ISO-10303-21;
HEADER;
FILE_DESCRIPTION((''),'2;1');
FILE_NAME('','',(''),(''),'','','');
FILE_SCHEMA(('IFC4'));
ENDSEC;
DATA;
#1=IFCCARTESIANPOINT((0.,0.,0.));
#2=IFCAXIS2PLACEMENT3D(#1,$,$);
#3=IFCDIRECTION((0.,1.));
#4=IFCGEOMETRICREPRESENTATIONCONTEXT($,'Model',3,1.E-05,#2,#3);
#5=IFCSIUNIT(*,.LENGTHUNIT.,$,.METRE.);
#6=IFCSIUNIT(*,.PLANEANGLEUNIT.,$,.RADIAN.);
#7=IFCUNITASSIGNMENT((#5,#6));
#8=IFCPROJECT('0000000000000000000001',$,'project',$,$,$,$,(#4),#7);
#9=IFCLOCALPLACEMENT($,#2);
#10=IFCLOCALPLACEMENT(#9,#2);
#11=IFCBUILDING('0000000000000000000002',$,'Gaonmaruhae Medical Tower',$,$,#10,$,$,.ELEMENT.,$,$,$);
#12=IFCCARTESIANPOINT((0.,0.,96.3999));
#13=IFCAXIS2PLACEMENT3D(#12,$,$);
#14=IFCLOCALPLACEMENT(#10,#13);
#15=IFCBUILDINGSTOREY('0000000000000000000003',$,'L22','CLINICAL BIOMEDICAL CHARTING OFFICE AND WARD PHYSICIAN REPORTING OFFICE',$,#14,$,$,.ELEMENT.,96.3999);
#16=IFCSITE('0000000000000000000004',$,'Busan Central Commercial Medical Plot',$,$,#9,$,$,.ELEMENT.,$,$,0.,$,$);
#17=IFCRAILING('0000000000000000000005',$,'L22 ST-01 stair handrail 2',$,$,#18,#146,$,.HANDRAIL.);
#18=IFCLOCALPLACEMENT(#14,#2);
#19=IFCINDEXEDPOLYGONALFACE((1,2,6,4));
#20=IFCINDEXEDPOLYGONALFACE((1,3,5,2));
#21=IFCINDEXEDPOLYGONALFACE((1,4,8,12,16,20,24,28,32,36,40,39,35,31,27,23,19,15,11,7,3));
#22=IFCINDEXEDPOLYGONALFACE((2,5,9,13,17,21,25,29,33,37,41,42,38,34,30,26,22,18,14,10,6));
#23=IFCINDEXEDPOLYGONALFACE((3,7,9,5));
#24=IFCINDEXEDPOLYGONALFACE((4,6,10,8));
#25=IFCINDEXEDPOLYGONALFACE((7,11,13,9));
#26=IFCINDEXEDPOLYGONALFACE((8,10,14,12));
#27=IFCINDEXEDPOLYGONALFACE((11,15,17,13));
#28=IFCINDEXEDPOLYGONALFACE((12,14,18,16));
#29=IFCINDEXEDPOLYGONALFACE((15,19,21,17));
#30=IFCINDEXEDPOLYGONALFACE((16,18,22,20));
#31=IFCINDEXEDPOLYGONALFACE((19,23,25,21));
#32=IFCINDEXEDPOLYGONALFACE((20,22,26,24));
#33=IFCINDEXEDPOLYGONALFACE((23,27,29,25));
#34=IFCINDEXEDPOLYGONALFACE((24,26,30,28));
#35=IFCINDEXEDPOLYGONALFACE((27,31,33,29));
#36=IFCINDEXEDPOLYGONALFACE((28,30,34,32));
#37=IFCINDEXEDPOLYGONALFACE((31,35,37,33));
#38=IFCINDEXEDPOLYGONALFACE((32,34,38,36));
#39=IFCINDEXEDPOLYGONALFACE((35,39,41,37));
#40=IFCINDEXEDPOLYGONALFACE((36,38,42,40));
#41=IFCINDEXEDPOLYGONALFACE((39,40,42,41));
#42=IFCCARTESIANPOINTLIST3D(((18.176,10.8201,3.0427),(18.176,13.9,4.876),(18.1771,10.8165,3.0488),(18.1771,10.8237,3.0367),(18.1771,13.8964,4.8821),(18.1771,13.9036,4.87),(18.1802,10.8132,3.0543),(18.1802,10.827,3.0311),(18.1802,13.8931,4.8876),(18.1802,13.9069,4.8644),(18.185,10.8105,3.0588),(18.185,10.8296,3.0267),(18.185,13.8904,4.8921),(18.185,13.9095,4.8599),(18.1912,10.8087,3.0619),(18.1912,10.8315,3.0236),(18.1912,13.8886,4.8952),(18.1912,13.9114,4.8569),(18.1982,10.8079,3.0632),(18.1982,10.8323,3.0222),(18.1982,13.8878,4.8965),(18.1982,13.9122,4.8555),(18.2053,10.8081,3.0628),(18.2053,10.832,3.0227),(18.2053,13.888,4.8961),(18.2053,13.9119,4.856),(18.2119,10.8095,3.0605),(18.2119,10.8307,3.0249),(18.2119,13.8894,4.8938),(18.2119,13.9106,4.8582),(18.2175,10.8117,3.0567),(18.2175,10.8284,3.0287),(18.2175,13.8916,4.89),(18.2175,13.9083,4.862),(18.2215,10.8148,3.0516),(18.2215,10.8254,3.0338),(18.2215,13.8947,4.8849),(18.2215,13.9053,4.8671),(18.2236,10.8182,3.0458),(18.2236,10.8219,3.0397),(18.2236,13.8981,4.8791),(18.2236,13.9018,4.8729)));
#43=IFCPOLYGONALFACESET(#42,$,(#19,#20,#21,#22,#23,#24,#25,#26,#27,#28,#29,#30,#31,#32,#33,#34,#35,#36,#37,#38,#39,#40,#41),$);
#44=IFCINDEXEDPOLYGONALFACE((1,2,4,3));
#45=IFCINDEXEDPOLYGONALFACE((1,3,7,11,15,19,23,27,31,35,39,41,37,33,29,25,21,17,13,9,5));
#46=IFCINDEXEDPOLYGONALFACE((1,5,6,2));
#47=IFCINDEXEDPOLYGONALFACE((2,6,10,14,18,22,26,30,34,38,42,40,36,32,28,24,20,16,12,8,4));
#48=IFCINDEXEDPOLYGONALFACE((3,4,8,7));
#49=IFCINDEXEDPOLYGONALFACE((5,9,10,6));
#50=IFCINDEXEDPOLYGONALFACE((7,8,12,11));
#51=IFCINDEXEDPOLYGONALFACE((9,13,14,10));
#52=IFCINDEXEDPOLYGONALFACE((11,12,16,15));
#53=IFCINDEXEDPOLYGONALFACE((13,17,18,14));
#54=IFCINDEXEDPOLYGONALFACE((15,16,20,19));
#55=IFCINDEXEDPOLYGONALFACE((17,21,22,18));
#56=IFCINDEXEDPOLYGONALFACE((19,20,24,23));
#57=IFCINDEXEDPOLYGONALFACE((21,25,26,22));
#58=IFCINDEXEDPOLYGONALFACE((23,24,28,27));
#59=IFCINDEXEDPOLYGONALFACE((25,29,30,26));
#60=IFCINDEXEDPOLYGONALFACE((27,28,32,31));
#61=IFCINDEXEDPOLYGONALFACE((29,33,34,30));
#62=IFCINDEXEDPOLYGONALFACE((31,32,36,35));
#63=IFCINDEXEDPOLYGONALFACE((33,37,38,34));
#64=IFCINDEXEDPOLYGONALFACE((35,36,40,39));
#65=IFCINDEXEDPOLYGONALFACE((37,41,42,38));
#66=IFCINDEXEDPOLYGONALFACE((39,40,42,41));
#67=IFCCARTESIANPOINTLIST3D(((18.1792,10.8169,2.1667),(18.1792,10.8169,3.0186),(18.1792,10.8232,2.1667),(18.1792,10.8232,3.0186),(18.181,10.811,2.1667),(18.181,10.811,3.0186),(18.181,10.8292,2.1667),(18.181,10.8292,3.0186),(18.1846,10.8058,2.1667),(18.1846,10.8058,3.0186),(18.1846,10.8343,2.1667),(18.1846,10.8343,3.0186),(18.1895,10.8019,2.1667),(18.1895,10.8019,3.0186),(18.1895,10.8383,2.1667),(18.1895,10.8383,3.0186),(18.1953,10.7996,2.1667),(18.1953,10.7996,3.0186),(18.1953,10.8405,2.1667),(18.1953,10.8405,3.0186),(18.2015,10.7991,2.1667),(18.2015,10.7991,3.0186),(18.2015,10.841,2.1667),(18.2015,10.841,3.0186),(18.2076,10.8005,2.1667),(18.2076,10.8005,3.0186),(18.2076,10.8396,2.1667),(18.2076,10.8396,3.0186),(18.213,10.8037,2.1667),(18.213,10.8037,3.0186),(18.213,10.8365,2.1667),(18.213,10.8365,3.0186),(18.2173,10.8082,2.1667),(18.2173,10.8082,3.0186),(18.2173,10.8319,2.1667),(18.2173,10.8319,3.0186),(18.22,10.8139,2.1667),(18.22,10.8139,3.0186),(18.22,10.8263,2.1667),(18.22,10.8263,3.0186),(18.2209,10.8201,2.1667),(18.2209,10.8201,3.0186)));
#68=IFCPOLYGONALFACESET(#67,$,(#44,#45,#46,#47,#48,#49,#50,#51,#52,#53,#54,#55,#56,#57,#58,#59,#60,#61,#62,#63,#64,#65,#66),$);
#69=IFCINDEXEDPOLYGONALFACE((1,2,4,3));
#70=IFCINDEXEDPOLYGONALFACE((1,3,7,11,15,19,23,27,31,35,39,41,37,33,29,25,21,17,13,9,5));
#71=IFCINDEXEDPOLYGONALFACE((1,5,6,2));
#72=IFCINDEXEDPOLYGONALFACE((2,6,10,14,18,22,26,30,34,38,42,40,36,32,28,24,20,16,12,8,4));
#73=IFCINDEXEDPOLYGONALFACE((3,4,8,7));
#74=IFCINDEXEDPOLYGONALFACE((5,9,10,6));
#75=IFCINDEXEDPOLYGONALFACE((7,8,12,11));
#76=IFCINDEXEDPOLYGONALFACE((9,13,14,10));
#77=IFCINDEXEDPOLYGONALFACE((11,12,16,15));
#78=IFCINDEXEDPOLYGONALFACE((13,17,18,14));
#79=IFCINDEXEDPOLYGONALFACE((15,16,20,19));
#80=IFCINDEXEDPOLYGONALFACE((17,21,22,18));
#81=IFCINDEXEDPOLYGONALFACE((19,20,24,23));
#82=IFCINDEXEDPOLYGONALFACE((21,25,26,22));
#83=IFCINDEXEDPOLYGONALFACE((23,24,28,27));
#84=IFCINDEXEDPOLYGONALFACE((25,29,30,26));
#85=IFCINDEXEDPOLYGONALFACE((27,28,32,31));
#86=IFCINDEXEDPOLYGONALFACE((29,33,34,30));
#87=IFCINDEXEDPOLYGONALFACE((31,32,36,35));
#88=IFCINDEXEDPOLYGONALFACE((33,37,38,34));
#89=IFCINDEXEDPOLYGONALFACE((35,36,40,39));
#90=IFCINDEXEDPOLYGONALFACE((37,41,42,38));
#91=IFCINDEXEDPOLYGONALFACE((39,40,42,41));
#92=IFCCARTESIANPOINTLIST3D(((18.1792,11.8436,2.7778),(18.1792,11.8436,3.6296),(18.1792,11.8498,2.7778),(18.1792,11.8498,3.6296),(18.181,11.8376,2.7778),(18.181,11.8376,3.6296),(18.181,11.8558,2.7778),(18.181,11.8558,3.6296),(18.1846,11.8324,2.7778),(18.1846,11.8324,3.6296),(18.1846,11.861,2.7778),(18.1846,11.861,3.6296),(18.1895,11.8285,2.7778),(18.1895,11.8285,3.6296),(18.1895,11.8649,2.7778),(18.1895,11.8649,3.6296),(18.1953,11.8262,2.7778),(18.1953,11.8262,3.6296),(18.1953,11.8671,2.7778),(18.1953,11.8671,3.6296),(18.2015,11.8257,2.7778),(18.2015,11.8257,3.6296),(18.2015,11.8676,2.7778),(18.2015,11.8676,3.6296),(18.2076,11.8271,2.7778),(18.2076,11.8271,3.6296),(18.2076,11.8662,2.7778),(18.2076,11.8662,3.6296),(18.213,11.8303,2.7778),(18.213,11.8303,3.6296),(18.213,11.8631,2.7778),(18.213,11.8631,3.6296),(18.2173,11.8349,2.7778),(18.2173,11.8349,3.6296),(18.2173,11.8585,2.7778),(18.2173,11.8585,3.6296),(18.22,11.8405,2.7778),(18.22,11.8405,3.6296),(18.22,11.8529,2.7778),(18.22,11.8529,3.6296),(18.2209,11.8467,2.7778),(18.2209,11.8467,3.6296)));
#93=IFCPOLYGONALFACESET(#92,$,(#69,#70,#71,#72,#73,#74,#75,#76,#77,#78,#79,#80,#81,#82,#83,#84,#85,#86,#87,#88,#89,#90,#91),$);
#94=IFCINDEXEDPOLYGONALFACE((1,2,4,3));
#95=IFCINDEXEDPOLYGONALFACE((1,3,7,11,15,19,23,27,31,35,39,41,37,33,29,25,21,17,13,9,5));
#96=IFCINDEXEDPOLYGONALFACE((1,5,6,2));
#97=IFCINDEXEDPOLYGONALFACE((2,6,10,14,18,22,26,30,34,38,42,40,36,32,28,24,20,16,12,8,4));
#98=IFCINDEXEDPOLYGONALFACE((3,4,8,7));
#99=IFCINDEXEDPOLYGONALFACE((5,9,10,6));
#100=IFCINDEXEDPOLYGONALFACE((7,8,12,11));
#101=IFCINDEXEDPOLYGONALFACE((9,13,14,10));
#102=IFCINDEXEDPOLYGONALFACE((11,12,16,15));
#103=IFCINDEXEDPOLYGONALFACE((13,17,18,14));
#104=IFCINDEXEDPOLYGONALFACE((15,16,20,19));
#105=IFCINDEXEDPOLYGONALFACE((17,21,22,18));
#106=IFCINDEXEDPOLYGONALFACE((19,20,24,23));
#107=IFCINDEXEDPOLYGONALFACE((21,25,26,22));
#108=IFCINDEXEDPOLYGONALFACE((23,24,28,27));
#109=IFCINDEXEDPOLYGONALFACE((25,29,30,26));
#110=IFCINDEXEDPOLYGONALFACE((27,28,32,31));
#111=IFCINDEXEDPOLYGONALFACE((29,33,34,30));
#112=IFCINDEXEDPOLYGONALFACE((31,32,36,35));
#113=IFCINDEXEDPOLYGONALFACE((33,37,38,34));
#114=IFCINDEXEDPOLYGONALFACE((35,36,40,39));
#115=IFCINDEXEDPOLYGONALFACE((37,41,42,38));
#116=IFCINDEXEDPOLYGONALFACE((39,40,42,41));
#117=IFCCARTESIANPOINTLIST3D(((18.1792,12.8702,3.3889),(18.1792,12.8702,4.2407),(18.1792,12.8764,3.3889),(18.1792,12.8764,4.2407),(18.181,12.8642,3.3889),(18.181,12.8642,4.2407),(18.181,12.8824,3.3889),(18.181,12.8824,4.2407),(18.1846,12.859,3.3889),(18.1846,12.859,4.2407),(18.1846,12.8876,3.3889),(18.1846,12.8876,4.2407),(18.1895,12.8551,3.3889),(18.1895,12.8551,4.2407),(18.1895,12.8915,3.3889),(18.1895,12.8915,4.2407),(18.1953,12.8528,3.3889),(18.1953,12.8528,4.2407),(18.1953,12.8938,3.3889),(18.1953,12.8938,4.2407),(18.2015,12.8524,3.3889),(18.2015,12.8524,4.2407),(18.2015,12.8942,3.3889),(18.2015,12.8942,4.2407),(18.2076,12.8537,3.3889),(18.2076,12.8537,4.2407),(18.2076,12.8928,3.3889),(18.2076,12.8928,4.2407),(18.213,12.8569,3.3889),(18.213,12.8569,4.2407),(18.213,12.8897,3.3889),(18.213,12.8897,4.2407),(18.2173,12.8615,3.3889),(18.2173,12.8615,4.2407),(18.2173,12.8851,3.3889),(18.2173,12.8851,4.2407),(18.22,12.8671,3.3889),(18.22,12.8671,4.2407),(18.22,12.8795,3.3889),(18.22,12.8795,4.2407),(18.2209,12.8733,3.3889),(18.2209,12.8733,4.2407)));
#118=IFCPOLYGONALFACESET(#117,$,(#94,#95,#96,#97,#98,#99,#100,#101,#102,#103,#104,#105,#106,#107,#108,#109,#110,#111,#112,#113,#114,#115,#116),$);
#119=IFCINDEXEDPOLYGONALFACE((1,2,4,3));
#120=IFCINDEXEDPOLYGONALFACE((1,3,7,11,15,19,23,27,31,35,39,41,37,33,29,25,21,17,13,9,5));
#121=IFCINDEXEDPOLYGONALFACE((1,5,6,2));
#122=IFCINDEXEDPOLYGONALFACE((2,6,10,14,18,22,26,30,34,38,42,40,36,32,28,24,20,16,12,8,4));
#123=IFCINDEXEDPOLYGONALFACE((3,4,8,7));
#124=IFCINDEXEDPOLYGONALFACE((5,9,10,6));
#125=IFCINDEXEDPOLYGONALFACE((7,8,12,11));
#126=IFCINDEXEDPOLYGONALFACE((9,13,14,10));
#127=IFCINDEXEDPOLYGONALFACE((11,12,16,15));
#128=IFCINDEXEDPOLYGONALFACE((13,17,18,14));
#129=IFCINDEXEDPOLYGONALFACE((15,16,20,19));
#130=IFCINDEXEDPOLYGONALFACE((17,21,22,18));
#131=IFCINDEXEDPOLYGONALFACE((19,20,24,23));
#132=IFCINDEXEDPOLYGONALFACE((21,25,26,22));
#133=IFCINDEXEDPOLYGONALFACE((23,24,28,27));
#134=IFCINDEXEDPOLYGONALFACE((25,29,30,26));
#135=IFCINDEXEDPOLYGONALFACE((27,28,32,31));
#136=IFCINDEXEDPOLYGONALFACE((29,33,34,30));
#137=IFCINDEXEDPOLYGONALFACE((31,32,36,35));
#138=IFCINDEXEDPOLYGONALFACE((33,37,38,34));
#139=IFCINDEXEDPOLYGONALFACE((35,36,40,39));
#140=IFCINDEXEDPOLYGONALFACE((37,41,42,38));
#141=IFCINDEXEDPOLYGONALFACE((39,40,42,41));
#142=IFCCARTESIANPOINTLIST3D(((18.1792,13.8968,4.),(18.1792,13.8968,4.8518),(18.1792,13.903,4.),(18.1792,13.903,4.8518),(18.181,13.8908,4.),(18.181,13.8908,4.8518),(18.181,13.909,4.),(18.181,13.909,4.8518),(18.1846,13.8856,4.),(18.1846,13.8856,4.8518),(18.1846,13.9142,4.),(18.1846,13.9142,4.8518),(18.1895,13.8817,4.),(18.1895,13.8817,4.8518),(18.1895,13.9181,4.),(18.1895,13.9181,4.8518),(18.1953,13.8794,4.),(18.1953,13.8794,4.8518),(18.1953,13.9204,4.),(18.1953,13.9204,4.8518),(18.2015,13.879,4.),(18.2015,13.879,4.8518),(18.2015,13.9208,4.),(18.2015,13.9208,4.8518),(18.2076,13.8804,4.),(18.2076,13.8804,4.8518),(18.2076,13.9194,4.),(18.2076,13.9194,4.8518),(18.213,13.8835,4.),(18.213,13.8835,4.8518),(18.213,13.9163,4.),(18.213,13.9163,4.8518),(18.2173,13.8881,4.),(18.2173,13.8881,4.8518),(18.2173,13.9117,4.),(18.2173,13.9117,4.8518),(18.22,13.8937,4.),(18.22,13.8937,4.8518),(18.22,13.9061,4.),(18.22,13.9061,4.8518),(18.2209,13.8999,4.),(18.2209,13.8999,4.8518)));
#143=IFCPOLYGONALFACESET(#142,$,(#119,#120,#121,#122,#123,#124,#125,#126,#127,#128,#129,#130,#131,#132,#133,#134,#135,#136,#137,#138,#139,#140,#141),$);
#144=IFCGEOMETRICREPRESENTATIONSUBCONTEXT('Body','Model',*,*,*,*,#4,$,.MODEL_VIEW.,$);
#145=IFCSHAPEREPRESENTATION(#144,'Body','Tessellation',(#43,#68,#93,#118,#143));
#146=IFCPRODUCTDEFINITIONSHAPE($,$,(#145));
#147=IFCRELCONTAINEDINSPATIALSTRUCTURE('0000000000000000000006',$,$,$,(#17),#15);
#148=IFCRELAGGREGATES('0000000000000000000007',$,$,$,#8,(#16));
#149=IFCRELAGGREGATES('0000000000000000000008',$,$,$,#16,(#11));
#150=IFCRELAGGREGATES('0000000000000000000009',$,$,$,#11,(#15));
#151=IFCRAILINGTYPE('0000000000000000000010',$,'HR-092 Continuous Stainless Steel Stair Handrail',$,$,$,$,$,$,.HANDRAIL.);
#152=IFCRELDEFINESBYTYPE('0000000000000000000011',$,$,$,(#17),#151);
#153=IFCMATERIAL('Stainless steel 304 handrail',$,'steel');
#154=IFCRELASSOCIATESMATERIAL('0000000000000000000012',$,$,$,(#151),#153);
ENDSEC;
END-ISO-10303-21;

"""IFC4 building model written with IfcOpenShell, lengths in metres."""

from ifc_helpers import new_model, si_unit, direction, frame, origin, origin_2d, place, context, subcontext, project, spatial, circle, extrude, material, type_object, element, save


model = new_model("IFC4")

# Units and contexts
model_context = context("Model", 3, precision=1e-05, world=origin(), true_north=direction((0.0, 1.0)))
body_context = subcontext(model_context, "Body", "Model", "MODEL_VIEW")
ifc_project = project(units=[si_unit("LENGTHUNIT", "METRE"), si_unit("PLANEANGLEUNIT", "RADIAN")], contexts=[model_context])

# Site, building, storey
site_placement = place(None, origin())
site = spatial("IfcSite", under=ifc_project, at=site_placement, Name="Busan Central Commercial Medical Plot", CompositionType="ELEMENT", RefElevation=0.0)
building_placement = place(site_placement, origin())
building = spatial("IfcBuilding", under=site, at=building_placement, Name="Gaonmaruhae Medical Tower", CompositionType="ELEMENT")
storey_placement = place(building_placement, frame((0.0, 0.0, 96.3999)))
storey = spatial("IfcBuildingStorey", under=building, at=storey_placement, Name="L22", Description="CLINICAL BIOMEDICAL CHARTING OFFICE AND WARD PHYSICIAN REPORTING OFFICE", CompositionType="ELEMENT", Elevation=96.3999)

# Railing
ifc_material_1 = material(Name="Stainless steel 304 handrail", Category="steel")
railing_type_1 = type_object("IfcRailingType", Name="HR-092 Continuous Stainless Steel Stair Handrail", PredefinedType="HANDRAIL", material=ifc_material_1)
railing_1_placement = place(storey_placement, frame((18.2, 10.8201, 2.1667)))
element("IfcRailing", 1, at=railing_1_placement, inside=storey, type_object=railing_type_1, Name="L22 ST-01 stair handrail 2", PredefinedType="HANDRAIL", context=body_context, shape_type="SweptSolid", body=[
    extrude(circle(Radius=0.0239, at=origin_2d()), frame((0.0, 0.0, 0.876), z_axis=(0.0, 0.859291, 0.511487), x_axis=(-1.0, 0.0, 0.0)), (0.0, 0.0, 1.0), 3.5842),
    extrude(circle(Radius=0.021, at=origin_2d()), origin(), (0.0, 0.0, 1.0), 0.8518),
    extrude(circle(Radius=0.021, at=origin_2d()), frame((0.0, 1.0266, 0.6111)), (0.0, 0.0, 1.0), 0.8518),
    extrude(circle(Radius=0.021, at=origin_2d()), frame((0.0, 2.0532, 1.2222)), (0.0, 0.0, 1.0), 0.8518),
    extrude(circle(Radius=0.021, at=origin_2d()), frame((0.0, 3.0798, 1.8333)), (0.0, 0.0, 1.0), 0.8518),
])

save(model, "model.ifc")
